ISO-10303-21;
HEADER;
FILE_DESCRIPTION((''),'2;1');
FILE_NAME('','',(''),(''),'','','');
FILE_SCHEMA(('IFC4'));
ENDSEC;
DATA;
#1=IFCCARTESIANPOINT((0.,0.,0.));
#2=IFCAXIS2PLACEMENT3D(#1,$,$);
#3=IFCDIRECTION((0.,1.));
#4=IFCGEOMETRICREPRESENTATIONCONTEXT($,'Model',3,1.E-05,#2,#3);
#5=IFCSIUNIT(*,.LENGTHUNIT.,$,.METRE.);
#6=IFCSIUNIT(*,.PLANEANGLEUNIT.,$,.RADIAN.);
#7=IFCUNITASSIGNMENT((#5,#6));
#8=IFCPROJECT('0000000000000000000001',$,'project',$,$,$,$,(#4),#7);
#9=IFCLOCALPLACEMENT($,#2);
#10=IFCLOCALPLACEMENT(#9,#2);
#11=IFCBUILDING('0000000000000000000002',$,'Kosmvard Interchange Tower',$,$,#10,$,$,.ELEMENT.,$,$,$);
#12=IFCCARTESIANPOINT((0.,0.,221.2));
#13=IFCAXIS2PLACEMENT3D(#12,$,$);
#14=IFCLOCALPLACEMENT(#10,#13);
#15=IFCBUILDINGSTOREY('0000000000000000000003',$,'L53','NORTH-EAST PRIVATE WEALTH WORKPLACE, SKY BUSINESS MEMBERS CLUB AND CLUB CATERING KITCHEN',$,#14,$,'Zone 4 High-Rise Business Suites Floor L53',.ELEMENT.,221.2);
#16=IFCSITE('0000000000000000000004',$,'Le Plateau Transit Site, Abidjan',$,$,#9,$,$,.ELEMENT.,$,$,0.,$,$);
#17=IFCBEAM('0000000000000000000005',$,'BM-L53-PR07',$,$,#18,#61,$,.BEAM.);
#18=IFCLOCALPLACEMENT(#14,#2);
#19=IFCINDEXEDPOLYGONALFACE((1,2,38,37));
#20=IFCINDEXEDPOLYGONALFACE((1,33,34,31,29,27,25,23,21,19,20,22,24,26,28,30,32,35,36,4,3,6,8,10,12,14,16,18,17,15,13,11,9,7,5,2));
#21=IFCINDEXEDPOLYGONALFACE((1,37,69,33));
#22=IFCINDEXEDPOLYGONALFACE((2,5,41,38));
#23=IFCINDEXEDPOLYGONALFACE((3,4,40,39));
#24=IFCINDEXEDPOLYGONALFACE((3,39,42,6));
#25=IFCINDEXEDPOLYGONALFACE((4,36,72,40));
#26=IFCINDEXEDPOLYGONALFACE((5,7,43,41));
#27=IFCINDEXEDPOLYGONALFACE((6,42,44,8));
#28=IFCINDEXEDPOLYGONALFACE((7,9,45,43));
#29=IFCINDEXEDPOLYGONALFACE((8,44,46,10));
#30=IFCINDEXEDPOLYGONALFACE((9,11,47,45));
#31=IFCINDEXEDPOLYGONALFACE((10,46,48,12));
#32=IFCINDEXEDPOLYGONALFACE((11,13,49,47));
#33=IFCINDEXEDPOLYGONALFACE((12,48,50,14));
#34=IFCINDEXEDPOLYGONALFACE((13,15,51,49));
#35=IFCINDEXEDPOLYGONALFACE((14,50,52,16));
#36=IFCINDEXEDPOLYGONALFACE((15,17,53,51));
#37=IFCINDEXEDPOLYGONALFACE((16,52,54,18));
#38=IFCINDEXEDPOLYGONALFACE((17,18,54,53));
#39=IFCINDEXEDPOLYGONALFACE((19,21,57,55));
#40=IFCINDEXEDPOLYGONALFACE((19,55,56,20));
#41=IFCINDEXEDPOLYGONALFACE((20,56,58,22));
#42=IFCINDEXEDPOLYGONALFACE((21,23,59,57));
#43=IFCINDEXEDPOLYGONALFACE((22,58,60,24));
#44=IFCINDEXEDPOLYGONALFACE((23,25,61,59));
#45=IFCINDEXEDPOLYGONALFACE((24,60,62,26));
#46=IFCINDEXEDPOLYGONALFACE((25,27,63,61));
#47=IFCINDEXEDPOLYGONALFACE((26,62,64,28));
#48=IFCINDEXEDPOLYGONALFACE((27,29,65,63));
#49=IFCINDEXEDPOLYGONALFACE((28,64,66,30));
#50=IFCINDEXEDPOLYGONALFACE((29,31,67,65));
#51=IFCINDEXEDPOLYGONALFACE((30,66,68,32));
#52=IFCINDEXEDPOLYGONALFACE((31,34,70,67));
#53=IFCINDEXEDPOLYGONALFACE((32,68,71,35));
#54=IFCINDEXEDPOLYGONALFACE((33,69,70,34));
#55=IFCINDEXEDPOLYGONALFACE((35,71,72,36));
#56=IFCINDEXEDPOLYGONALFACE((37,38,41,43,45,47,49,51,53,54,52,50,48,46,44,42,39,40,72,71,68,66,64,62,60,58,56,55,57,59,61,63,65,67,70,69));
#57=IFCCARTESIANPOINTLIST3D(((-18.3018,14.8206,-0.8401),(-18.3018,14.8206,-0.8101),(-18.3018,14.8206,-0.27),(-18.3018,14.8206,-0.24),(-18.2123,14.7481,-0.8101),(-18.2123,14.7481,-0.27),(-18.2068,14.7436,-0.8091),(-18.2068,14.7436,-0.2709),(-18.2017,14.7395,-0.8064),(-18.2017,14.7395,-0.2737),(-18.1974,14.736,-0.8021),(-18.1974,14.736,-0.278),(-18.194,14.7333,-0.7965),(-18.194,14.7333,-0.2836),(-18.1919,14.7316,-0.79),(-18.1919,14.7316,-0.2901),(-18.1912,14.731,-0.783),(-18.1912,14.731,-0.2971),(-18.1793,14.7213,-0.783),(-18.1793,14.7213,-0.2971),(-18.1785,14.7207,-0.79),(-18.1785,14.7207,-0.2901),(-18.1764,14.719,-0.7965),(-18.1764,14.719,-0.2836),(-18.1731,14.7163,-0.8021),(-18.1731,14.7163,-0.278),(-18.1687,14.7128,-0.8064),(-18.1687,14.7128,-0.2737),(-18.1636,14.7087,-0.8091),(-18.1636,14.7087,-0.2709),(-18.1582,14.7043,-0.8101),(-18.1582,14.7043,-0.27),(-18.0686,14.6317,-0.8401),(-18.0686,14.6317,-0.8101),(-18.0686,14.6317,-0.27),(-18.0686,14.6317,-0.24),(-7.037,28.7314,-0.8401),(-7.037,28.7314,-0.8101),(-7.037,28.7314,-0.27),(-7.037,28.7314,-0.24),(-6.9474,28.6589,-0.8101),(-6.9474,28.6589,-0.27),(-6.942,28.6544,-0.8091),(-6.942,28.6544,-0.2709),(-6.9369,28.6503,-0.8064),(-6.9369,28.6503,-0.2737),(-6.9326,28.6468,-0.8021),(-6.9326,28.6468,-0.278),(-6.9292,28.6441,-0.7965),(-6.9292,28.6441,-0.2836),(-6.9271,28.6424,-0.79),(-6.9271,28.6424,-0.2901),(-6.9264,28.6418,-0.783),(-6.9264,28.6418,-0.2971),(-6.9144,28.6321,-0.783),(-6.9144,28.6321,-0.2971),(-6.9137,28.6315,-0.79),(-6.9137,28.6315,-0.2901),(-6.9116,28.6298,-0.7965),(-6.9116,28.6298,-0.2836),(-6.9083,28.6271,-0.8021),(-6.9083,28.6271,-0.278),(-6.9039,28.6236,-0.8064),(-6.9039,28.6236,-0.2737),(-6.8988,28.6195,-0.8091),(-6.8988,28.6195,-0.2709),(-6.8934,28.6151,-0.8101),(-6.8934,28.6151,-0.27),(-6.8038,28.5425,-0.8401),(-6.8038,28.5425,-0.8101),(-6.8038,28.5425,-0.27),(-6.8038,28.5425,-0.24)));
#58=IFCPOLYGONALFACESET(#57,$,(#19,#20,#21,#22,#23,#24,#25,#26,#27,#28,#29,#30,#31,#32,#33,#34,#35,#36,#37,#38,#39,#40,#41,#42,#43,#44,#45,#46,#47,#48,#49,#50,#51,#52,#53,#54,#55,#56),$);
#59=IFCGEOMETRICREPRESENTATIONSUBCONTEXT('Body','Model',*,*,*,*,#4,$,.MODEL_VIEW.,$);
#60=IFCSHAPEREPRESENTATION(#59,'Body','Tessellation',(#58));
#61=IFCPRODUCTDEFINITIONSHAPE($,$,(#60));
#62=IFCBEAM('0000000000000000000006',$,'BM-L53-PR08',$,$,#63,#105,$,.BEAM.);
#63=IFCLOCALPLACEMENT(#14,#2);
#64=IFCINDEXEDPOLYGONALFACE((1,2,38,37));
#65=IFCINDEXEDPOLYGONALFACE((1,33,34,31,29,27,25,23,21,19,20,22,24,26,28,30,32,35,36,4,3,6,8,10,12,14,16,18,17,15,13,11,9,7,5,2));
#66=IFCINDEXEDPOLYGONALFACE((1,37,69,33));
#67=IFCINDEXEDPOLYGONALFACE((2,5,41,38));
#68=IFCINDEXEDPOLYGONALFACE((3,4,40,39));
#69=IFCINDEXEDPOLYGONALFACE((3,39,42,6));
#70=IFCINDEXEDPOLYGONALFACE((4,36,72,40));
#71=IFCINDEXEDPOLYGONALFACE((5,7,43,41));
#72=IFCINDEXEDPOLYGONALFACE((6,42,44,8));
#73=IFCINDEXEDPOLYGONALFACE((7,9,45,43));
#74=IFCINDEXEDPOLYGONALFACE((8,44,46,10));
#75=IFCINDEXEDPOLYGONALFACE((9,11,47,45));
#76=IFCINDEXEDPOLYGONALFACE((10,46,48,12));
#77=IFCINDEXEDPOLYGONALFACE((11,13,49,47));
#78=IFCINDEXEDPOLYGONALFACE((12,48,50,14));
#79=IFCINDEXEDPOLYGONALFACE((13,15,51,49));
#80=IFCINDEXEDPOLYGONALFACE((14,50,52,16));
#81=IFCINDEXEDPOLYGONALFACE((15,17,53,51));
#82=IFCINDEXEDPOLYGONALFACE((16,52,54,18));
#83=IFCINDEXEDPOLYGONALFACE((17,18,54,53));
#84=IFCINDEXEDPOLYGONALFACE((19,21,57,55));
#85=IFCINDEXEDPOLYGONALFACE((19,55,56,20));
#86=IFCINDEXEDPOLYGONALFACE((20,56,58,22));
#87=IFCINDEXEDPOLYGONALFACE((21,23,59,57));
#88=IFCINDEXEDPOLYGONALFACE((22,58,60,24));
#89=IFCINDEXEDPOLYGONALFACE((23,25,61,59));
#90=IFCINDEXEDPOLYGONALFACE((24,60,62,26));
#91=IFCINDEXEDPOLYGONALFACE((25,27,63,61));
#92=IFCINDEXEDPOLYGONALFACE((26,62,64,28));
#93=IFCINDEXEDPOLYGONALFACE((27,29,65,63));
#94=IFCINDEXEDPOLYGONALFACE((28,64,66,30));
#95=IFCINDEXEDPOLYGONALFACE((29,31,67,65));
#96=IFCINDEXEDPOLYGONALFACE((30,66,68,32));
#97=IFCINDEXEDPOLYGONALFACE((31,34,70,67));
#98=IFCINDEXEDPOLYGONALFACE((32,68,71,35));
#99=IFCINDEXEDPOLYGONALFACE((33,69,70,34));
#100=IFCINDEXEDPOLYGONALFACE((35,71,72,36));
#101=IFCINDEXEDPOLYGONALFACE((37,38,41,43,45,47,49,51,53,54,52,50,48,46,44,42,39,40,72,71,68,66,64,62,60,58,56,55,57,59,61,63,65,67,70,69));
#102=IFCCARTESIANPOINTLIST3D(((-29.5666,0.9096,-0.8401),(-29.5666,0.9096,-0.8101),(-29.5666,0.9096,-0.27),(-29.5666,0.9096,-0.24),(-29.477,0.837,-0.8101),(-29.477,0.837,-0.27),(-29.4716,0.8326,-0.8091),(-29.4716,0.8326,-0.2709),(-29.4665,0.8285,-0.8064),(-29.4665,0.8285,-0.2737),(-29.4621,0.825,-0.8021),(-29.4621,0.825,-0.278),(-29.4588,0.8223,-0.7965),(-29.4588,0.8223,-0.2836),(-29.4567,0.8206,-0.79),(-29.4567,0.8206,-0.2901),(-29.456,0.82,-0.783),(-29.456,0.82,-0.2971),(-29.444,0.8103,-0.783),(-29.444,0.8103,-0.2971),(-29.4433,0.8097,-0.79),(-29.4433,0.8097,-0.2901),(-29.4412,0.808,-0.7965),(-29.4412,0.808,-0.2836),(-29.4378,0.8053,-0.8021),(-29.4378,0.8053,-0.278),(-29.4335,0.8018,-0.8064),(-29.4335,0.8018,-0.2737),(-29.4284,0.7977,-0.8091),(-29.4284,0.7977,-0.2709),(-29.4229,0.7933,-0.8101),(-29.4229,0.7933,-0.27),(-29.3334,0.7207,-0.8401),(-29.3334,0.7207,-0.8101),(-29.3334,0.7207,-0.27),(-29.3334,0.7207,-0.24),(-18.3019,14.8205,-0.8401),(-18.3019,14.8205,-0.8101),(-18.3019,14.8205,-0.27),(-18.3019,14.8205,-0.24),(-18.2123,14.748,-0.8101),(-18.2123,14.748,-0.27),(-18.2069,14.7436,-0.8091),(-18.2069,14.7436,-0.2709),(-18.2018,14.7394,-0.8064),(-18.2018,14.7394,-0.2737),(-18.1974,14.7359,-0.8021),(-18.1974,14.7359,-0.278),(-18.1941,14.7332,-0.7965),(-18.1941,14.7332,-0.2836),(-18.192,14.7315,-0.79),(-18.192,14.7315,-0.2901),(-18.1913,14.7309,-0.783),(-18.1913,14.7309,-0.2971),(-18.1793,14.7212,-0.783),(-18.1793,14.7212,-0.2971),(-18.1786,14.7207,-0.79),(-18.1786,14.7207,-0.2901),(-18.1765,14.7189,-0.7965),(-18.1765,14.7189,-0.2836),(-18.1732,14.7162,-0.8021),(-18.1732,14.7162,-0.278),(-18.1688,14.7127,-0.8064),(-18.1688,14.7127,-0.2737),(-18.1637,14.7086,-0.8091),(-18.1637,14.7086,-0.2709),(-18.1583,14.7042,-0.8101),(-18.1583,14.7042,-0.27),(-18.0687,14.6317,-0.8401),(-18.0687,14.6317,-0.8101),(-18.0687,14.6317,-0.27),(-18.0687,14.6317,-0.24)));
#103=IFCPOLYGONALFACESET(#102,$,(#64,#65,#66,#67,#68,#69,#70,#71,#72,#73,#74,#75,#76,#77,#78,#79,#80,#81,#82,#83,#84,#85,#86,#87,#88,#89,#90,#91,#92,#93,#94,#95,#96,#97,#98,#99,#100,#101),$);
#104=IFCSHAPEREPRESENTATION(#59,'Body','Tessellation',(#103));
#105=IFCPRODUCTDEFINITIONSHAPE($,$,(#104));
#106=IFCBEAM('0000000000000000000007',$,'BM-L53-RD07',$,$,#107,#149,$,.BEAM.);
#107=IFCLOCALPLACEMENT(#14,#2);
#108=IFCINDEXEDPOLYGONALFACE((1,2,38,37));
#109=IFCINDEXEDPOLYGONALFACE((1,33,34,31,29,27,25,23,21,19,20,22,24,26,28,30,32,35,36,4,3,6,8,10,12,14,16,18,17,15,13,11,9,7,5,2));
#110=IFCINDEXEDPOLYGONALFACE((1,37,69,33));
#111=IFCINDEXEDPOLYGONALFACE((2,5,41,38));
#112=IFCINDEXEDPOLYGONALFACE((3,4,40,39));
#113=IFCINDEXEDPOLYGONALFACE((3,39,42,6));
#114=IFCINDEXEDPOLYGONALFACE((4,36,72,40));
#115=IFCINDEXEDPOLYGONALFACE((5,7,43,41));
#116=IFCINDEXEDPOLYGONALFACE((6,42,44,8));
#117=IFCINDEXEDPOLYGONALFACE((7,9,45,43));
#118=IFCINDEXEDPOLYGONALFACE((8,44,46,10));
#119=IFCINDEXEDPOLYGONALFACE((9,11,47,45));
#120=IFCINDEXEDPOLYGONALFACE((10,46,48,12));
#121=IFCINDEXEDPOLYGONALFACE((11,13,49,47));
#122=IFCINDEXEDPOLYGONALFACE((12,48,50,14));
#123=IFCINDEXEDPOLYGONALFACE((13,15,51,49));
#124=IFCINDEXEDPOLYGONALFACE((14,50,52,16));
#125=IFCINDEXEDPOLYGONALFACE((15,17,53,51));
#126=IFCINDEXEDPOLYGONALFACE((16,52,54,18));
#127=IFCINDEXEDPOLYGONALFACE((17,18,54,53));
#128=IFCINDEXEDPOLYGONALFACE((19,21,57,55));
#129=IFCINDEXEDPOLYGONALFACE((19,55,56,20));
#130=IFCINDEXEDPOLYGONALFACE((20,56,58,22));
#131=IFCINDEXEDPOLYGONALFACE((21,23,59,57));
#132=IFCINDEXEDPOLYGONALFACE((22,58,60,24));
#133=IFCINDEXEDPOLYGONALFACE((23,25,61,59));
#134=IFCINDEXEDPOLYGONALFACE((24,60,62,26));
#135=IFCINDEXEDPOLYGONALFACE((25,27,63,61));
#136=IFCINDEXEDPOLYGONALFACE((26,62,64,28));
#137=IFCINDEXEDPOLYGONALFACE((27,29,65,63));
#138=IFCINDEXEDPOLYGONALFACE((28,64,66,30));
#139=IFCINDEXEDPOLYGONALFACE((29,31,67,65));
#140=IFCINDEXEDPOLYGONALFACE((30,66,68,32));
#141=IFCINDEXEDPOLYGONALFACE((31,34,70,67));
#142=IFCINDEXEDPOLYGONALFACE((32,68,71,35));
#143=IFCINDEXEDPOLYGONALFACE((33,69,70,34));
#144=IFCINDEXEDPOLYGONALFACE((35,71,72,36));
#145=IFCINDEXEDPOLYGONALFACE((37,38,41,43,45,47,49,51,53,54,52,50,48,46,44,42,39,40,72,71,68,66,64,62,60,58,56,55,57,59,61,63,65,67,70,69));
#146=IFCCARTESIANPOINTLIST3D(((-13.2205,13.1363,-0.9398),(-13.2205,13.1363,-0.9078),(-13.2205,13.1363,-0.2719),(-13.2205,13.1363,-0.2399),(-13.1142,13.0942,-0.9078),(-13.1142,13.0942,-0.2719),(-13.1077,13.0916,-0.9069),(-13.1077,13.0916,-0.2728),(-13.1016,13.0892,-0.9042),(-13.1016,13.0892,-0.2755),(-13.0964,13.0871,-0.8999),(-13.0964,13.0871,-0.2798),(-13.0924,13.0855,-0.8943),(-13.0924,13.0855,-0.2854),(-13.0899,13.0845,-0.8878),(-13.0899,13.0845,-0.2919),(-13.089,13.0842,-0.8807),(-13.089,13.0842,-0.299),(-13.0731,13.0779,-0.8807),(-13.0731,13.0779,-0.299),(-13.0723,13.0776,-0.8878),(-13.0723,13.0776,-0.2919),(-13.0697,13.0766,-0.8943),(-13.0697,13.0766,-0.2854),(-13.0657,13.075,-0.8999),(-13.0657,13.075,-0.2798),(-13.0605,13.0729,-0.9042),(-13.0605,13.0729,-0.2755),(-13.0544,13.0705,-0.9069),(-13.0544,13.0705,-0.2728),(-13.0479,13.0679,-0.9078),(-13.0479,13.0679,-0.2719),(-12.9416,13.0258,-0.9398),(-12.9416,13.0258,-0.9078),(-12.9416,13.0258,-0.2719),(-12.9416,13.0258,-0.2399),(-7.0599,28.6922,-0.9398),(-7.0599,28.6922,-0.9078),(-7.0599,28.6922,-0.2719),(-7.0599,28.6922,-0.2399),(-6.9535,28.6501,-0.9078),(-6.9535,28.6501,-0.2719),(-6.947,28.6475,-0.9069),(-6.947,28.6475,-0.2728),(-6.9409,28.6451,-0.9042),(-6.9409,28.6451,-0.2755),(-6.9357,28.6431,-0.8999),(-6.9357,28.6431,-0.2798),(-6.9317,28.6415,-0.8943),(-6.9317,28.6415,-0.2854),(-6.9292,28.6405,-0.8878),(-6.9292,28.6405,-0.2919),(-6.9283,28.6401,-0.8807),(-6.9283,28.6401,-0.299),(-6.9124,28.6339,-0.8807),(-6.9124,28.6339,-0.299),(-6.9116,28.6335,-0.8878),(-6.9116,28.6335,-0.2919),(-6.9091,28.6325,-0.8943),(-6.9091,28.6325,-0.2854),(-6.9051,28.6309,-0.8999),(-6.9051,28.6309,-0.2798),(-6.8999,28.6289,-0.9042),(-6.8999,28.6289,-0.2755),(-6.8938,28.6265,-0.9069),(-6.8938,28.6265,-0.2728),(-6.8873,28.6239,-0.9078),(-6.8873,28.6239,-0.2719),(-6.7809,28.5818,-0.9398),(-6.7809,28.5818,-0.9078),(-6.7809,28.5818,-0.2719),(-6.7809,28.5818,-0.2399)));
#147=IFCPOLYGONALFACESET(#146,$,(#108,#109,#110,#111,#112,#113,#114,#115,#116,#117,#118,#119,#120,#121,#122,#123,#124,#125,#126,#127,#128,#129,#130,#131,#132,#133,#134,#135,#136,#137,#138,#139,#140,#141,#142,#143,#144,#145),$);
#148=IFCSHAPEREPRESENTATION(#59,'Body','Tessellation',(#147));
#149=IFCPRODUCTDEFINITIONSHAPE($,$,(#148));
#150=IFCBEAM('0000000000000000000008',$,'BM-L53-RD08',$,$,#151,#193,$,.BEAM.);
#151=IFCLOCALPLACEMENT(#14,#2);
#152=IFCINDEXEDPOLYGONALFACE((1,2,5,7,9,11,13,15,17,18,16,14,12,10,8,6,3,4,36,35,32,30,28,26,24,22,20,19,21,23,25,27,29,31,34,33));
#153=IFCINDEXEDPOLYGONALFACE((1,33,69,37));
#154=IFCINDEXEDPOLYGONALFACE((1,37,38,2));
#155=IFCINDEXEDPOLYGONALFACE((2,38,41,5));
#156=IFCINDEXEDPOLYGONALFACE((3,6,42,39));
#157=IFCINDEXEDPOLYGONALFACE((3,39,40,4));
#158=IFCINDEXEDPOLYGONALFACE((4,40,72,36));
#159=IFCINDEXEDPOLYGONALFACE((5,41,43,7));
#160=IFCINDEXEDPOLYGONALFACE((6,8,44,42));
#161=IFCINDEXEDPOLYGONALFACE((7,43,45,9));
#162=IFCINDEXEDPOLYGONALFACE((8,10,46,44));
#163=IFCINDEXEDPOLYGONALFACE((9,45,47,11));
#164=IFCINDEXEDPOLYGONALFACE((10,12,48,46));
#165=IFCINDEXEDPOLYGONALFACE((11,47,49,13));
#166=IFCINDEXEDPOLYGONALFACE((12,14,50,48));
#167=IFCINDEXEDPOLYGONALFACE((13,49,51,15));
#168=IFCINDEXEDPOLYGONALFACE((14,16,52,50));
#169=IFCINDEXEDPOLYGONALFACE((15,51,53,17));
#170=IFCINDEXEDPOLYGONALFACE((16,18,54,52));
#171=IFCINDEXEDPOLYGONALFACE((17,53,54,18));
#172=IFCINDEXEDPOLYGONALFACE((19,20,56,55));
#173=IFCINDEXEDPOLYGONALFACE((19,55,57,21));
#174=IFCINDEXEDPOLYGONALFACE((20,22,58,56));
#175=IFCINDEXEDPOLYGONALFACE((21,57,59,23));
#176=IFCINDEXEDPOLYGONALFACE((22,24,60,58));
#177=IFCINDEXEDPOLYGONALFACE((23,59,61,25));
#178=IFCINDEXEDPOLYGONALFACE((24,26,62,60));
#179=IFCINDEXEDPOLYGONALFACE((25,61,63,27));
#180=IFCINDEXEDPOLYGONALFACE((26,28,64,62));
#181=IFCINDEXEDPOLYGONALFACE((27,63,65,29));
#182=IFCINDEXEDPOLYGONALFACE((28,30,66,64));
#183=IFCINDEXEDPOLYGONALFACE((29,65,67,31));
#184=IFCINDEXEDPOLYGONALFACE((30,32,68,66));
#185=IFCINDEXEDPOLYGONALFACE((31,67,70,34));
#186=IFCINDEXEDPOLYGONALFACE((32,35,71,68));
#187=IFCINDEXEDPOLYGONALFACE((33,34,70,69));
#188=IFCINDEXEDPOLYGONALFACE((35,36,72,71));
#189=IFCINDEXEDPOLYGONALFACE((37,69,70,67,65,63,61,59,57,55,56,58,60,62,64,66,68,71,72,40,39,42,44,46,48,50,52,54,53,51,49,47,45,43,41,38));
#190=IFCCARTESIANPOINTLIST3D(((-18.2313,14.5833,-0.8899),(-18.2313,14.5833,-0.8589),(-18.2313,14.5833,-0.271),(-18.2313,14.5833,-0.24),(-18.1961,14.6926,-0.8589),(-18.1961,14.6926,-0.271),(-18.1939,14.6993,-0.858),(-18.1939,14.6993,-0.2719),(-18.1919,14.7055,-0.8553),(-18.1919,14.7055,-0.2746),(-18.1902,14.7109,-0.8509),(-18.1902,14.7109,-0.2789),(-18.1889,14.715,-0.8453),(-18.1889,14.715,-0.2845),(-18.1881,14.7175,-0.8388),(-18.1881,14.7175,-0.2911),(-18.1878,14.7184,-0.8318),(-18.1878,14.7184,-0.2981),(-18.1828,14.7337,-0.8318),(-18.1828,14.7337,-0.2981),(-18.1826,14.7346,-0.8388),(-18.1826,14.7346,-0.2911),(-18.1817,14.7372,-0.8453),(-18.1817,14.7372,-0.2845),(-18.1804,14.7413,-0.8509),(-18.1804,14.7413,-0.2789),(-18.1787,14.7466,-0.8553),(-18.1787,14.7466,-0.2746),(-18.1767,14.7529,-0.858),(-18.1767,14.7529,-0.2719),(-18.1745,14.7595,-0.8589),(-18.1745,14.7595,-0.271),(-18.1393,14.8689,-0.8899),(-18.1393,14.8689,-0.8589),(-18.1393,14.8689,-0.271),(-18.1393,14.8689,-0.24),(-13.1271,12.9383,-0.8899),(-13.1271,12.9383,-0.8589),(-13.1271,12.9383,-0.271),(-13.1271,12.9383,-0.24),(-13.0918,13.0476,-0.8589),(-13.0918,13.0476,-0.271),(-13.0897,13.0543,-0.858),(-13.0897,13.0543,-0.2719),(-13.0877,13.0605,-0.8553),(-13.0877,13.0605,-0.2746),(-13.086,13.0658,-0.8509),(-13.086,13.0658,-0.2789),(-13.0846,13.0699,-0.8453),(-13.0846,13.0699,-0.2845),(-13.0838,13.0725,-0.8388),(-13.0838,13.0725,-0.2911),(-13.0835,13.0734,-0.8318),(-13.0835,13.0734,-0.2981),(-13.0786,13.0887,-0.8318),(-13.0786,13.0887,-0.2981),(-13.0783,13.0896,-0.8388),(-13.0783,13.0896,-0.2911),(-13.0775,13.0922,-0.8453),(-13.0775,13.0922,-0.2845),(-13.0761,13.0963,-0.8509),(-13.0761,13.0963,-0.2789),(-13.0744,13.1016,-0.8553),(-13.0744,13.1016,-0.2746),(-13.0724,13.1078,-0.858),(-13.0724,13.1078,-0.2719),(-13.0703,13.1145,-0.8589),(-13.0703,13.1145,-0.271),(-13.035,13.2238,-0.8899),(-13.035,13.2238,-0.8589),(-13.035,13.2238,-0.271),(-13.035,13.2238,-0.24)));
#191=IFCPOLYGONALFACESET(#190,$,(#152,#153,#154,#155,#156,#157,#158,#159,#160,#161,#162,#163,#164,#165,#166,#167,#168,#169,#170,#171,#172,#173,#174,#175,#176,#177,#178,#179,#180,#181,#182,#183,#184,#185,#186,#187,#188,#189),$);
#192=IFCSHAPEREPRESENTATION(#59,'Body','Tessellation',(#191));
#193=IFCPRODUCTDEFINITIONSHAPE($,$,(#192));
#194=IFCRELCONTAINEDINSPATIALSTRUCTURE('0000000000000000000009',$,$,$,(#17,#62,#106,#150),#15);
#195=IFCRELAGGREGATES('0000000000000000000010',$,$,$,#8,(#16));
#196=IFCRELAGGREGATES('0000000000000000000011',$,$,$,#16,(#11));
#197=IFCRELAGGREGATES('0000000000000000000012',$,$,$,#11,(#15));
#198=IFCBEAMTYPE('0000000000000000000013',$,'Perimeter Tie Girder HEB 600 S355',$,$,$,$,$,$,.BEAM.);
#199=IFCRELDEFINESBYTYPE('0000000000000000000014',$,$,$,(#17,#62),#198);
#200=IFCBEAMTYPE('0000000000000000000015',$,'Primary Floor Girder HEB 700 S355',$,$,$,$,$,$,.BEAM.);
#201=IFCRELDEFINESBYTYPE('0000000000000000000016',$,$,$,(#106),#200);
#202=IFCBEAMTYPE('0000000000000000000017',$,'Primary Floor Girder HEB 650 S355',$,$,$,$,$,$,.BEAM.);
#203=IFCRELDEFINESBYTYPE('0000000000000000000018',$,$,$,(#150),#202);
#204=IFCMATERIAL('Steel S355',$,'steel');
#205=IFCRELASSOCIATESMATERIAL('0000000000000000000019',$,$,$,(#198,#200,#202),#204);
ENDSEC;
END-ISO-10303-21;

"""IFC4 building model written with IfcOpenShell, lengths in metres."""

from ifc_helpers import new_model, si_unit, direction, frame, origin, origin_2d, place, context, subcontext, project, spatial, i_section, extrude, source, transform, mapped, material, material_profile, profile_set, type_object, element, save


model = new_model("IFC4")

# Units and contexts
model_context = context("Model", 3, precision=1e-05, world=origin(), true_north=direction((0.0, 1.0)))
body_context = subcontext(model_context, "Body", "Model", "MODEL_VIEW")
ifc_project = project(units=[si_unit("LENGTHUNIT", "METRE"), si_unit("PLANEANGLEUNIT", "RADIAN")], contexts=[model_context])

# Site, building, storey
site_placement = place(None, origin())
site = spatial("IfcSite", under=ifc_project, at=site_placement, Name="Le Plateau Transit Site, Abidjan", CompositionType="ELEMENT", RefElevation=0.0)
building_placement = place(site_placement, origin())
building = spatial("IfcBuilding", under=site, at=building_placement, Name="Kosmvard Interchange Tower", CompositionType="ELEMENT")
storey_placement = place(building_placement, frame((0.0, 0.0, 221.2)))
storey = spatial("IfcBuildingStorey", under=building, at=storey_placement, Name="L53", Description="NORTH-EAST PRIVATE WEALTH WORKPLACE, SKY BUSINESS MEMBERS CLUB AND CLUB CATERING KITCHEN", LongName="Zone 4 High-Rise Business Suites Floor L53", CompositionType="ELEMENT", Elevation=221.2)

# Beams
ifc_material_1 = material(Name="Steel S355", Category="steel")
ifc_material_profile_1 = material_profile(ifc_material_1, i_section(OverallWidth=0.3, OverallDepth=0.6001, WebThickness=0.0154, FlangeThickness=0.03, FilletRadius=0.0271, at=origin_2d()), Name="HEB 600")
ifc_profile_set_1 = profile_set([ifc_material_profile_1], Name="Steel S355")
beam_type_1 = type_object("IfcBeamType", Name="Perimeter Tie Girder HEB 600 S355", PredefinedType="BEAM", material=ifc_profile_set_1)
shared_shape_1 = source(origin(), body_context, "Body", "SweptSolid", [
    extrude(i_section(OverallWidth=0.3, OverallDepth=0.6001, WebThickness=0.0154, FlangeThickness=0.03, FilletRadius=0.0271, at=origin_2d()), origin(), (0.0, 0.0, 1.0), 17.8999),
])
for number, where, z_axis, x_axis, name in (
    (1, (-6.9204, 28.637, -0.54), (-0.629323, -0.777144, 0.0), (0.777144, -0.629323, 0.0), "BM-L53-PR07"),
    (2, (-18.1853, 14.7261, -0.54), (-0.629315, -0.777151, 0.0), (0.777151, -0.629315, 0.0), "BM-L53-PR08"),
):
    element("IfcBeam", number, at=place(storey_placement, frame(where, z_axis=z_axis, x_axis=x_axis)), inside=storey, type_object=beam_type_1, Name=name, PredefinedType="BEAM", context=body_context, shape_type="MappedRepresentation", body=[
        mapped(shared_shape_1, transform((0.0, 0.0, 0.0), scale=1.0)),
    ])
ifc_material_profile_2 = material_profile(ifc_material_1, i_section(OverallWidth=0.3, OverallDepth=0.7, WebThickness=0.0171, FlangeThickness=0.032, FilletRadius=0.0271, at=origin_2d()), Name="HEB 700")
ifc_profile_set_2 = profile_set([ifc_material_profile_2], Name="Steel S355")
beam_type_2 = type_object("IfcBeamType", Name="Primary Floor Girder HEB 700 S355", PredefinedType="BEAM", material=ifc_profile_set_2)
shared_shape_2 = source(origin(), body_context, "Body", "SweptSolid", [
    extrude(i_section(OverallWidth=0.3, OverallDepth=0.7, WebThickness=0.0171, FlangeThickness=0.032, FilletRadius=0.0271, at=origin_2d()), origin(), (0.0, 0.0, 1.0), 16.7314),
])
beam_1_placement = place(storey_placement, frame((-13.0811, 13.0811, -0.5898), z_axis=(0.368209, 0.929743, 0.0), x_axis=(-0.929743, 0.368209, 0.0)))
element("IfcBeam", 3, at=beam_1_placement, inside=storey, type_object=beam_type_2, Name="BM-L53-RD07", PredefinedType="BEAM", context=body_context, shape_type="MappedRepresentation", body=[
    mapped(shared_shape_2, transform((0.0, 0.0, 0.0), scale=1.0)),
])
ifc_material_profile_3 = material_profile(ifc_material_1, i_section(OverallWidth=0.3, OverallDepth=0.6499, WebThickness=0.0161, FlangeThickness=0.031, FilletRadius=0.0271, at=origin_2d()), Name="HEB 650")
ifc_profile_set_3 = profile_set([ifc_material_profile_3], Name="Steel S355")
beam_type_3 = type_object("IfcBeamType", Name="Primary Floor Girder HEB 650 S355", PredefinedType="BEAM", material=ifc_profile_set_3)
shared_shape_3 = source(origin(), body_context, "Body", "SweptSolid", [
    extrude(i_section(OverallWidth=0.3, OverallDepth=0.6499, WebThickness=0.0161, FlangeThickness=0.031, FilletRadius=0.0271, at=origin_2d()), origin(), (0.0, 0.0, 1.0), 5.3628),
])
beam_2_placement = place(storey_placement, frame((-13.0811, 13.0811, -0.5649), z_axis=(-0.951791, 0.306747, 0.0), x_axis=(-0.306747, -0.951791, 0.0)))
element("IfcBeam", 4, at=beam_2_placement, inside=storey, type_object=beam_type_3, Name="BM-L53-RD08", PredefinedType="BEAM", context=body_context, shape_type="MappedRepresentation", body=[
    mapped(shared_shape_3, transform((0.0, 0.0, 0.0), scale=1.0)),
])

save(model, "model.ifc")
